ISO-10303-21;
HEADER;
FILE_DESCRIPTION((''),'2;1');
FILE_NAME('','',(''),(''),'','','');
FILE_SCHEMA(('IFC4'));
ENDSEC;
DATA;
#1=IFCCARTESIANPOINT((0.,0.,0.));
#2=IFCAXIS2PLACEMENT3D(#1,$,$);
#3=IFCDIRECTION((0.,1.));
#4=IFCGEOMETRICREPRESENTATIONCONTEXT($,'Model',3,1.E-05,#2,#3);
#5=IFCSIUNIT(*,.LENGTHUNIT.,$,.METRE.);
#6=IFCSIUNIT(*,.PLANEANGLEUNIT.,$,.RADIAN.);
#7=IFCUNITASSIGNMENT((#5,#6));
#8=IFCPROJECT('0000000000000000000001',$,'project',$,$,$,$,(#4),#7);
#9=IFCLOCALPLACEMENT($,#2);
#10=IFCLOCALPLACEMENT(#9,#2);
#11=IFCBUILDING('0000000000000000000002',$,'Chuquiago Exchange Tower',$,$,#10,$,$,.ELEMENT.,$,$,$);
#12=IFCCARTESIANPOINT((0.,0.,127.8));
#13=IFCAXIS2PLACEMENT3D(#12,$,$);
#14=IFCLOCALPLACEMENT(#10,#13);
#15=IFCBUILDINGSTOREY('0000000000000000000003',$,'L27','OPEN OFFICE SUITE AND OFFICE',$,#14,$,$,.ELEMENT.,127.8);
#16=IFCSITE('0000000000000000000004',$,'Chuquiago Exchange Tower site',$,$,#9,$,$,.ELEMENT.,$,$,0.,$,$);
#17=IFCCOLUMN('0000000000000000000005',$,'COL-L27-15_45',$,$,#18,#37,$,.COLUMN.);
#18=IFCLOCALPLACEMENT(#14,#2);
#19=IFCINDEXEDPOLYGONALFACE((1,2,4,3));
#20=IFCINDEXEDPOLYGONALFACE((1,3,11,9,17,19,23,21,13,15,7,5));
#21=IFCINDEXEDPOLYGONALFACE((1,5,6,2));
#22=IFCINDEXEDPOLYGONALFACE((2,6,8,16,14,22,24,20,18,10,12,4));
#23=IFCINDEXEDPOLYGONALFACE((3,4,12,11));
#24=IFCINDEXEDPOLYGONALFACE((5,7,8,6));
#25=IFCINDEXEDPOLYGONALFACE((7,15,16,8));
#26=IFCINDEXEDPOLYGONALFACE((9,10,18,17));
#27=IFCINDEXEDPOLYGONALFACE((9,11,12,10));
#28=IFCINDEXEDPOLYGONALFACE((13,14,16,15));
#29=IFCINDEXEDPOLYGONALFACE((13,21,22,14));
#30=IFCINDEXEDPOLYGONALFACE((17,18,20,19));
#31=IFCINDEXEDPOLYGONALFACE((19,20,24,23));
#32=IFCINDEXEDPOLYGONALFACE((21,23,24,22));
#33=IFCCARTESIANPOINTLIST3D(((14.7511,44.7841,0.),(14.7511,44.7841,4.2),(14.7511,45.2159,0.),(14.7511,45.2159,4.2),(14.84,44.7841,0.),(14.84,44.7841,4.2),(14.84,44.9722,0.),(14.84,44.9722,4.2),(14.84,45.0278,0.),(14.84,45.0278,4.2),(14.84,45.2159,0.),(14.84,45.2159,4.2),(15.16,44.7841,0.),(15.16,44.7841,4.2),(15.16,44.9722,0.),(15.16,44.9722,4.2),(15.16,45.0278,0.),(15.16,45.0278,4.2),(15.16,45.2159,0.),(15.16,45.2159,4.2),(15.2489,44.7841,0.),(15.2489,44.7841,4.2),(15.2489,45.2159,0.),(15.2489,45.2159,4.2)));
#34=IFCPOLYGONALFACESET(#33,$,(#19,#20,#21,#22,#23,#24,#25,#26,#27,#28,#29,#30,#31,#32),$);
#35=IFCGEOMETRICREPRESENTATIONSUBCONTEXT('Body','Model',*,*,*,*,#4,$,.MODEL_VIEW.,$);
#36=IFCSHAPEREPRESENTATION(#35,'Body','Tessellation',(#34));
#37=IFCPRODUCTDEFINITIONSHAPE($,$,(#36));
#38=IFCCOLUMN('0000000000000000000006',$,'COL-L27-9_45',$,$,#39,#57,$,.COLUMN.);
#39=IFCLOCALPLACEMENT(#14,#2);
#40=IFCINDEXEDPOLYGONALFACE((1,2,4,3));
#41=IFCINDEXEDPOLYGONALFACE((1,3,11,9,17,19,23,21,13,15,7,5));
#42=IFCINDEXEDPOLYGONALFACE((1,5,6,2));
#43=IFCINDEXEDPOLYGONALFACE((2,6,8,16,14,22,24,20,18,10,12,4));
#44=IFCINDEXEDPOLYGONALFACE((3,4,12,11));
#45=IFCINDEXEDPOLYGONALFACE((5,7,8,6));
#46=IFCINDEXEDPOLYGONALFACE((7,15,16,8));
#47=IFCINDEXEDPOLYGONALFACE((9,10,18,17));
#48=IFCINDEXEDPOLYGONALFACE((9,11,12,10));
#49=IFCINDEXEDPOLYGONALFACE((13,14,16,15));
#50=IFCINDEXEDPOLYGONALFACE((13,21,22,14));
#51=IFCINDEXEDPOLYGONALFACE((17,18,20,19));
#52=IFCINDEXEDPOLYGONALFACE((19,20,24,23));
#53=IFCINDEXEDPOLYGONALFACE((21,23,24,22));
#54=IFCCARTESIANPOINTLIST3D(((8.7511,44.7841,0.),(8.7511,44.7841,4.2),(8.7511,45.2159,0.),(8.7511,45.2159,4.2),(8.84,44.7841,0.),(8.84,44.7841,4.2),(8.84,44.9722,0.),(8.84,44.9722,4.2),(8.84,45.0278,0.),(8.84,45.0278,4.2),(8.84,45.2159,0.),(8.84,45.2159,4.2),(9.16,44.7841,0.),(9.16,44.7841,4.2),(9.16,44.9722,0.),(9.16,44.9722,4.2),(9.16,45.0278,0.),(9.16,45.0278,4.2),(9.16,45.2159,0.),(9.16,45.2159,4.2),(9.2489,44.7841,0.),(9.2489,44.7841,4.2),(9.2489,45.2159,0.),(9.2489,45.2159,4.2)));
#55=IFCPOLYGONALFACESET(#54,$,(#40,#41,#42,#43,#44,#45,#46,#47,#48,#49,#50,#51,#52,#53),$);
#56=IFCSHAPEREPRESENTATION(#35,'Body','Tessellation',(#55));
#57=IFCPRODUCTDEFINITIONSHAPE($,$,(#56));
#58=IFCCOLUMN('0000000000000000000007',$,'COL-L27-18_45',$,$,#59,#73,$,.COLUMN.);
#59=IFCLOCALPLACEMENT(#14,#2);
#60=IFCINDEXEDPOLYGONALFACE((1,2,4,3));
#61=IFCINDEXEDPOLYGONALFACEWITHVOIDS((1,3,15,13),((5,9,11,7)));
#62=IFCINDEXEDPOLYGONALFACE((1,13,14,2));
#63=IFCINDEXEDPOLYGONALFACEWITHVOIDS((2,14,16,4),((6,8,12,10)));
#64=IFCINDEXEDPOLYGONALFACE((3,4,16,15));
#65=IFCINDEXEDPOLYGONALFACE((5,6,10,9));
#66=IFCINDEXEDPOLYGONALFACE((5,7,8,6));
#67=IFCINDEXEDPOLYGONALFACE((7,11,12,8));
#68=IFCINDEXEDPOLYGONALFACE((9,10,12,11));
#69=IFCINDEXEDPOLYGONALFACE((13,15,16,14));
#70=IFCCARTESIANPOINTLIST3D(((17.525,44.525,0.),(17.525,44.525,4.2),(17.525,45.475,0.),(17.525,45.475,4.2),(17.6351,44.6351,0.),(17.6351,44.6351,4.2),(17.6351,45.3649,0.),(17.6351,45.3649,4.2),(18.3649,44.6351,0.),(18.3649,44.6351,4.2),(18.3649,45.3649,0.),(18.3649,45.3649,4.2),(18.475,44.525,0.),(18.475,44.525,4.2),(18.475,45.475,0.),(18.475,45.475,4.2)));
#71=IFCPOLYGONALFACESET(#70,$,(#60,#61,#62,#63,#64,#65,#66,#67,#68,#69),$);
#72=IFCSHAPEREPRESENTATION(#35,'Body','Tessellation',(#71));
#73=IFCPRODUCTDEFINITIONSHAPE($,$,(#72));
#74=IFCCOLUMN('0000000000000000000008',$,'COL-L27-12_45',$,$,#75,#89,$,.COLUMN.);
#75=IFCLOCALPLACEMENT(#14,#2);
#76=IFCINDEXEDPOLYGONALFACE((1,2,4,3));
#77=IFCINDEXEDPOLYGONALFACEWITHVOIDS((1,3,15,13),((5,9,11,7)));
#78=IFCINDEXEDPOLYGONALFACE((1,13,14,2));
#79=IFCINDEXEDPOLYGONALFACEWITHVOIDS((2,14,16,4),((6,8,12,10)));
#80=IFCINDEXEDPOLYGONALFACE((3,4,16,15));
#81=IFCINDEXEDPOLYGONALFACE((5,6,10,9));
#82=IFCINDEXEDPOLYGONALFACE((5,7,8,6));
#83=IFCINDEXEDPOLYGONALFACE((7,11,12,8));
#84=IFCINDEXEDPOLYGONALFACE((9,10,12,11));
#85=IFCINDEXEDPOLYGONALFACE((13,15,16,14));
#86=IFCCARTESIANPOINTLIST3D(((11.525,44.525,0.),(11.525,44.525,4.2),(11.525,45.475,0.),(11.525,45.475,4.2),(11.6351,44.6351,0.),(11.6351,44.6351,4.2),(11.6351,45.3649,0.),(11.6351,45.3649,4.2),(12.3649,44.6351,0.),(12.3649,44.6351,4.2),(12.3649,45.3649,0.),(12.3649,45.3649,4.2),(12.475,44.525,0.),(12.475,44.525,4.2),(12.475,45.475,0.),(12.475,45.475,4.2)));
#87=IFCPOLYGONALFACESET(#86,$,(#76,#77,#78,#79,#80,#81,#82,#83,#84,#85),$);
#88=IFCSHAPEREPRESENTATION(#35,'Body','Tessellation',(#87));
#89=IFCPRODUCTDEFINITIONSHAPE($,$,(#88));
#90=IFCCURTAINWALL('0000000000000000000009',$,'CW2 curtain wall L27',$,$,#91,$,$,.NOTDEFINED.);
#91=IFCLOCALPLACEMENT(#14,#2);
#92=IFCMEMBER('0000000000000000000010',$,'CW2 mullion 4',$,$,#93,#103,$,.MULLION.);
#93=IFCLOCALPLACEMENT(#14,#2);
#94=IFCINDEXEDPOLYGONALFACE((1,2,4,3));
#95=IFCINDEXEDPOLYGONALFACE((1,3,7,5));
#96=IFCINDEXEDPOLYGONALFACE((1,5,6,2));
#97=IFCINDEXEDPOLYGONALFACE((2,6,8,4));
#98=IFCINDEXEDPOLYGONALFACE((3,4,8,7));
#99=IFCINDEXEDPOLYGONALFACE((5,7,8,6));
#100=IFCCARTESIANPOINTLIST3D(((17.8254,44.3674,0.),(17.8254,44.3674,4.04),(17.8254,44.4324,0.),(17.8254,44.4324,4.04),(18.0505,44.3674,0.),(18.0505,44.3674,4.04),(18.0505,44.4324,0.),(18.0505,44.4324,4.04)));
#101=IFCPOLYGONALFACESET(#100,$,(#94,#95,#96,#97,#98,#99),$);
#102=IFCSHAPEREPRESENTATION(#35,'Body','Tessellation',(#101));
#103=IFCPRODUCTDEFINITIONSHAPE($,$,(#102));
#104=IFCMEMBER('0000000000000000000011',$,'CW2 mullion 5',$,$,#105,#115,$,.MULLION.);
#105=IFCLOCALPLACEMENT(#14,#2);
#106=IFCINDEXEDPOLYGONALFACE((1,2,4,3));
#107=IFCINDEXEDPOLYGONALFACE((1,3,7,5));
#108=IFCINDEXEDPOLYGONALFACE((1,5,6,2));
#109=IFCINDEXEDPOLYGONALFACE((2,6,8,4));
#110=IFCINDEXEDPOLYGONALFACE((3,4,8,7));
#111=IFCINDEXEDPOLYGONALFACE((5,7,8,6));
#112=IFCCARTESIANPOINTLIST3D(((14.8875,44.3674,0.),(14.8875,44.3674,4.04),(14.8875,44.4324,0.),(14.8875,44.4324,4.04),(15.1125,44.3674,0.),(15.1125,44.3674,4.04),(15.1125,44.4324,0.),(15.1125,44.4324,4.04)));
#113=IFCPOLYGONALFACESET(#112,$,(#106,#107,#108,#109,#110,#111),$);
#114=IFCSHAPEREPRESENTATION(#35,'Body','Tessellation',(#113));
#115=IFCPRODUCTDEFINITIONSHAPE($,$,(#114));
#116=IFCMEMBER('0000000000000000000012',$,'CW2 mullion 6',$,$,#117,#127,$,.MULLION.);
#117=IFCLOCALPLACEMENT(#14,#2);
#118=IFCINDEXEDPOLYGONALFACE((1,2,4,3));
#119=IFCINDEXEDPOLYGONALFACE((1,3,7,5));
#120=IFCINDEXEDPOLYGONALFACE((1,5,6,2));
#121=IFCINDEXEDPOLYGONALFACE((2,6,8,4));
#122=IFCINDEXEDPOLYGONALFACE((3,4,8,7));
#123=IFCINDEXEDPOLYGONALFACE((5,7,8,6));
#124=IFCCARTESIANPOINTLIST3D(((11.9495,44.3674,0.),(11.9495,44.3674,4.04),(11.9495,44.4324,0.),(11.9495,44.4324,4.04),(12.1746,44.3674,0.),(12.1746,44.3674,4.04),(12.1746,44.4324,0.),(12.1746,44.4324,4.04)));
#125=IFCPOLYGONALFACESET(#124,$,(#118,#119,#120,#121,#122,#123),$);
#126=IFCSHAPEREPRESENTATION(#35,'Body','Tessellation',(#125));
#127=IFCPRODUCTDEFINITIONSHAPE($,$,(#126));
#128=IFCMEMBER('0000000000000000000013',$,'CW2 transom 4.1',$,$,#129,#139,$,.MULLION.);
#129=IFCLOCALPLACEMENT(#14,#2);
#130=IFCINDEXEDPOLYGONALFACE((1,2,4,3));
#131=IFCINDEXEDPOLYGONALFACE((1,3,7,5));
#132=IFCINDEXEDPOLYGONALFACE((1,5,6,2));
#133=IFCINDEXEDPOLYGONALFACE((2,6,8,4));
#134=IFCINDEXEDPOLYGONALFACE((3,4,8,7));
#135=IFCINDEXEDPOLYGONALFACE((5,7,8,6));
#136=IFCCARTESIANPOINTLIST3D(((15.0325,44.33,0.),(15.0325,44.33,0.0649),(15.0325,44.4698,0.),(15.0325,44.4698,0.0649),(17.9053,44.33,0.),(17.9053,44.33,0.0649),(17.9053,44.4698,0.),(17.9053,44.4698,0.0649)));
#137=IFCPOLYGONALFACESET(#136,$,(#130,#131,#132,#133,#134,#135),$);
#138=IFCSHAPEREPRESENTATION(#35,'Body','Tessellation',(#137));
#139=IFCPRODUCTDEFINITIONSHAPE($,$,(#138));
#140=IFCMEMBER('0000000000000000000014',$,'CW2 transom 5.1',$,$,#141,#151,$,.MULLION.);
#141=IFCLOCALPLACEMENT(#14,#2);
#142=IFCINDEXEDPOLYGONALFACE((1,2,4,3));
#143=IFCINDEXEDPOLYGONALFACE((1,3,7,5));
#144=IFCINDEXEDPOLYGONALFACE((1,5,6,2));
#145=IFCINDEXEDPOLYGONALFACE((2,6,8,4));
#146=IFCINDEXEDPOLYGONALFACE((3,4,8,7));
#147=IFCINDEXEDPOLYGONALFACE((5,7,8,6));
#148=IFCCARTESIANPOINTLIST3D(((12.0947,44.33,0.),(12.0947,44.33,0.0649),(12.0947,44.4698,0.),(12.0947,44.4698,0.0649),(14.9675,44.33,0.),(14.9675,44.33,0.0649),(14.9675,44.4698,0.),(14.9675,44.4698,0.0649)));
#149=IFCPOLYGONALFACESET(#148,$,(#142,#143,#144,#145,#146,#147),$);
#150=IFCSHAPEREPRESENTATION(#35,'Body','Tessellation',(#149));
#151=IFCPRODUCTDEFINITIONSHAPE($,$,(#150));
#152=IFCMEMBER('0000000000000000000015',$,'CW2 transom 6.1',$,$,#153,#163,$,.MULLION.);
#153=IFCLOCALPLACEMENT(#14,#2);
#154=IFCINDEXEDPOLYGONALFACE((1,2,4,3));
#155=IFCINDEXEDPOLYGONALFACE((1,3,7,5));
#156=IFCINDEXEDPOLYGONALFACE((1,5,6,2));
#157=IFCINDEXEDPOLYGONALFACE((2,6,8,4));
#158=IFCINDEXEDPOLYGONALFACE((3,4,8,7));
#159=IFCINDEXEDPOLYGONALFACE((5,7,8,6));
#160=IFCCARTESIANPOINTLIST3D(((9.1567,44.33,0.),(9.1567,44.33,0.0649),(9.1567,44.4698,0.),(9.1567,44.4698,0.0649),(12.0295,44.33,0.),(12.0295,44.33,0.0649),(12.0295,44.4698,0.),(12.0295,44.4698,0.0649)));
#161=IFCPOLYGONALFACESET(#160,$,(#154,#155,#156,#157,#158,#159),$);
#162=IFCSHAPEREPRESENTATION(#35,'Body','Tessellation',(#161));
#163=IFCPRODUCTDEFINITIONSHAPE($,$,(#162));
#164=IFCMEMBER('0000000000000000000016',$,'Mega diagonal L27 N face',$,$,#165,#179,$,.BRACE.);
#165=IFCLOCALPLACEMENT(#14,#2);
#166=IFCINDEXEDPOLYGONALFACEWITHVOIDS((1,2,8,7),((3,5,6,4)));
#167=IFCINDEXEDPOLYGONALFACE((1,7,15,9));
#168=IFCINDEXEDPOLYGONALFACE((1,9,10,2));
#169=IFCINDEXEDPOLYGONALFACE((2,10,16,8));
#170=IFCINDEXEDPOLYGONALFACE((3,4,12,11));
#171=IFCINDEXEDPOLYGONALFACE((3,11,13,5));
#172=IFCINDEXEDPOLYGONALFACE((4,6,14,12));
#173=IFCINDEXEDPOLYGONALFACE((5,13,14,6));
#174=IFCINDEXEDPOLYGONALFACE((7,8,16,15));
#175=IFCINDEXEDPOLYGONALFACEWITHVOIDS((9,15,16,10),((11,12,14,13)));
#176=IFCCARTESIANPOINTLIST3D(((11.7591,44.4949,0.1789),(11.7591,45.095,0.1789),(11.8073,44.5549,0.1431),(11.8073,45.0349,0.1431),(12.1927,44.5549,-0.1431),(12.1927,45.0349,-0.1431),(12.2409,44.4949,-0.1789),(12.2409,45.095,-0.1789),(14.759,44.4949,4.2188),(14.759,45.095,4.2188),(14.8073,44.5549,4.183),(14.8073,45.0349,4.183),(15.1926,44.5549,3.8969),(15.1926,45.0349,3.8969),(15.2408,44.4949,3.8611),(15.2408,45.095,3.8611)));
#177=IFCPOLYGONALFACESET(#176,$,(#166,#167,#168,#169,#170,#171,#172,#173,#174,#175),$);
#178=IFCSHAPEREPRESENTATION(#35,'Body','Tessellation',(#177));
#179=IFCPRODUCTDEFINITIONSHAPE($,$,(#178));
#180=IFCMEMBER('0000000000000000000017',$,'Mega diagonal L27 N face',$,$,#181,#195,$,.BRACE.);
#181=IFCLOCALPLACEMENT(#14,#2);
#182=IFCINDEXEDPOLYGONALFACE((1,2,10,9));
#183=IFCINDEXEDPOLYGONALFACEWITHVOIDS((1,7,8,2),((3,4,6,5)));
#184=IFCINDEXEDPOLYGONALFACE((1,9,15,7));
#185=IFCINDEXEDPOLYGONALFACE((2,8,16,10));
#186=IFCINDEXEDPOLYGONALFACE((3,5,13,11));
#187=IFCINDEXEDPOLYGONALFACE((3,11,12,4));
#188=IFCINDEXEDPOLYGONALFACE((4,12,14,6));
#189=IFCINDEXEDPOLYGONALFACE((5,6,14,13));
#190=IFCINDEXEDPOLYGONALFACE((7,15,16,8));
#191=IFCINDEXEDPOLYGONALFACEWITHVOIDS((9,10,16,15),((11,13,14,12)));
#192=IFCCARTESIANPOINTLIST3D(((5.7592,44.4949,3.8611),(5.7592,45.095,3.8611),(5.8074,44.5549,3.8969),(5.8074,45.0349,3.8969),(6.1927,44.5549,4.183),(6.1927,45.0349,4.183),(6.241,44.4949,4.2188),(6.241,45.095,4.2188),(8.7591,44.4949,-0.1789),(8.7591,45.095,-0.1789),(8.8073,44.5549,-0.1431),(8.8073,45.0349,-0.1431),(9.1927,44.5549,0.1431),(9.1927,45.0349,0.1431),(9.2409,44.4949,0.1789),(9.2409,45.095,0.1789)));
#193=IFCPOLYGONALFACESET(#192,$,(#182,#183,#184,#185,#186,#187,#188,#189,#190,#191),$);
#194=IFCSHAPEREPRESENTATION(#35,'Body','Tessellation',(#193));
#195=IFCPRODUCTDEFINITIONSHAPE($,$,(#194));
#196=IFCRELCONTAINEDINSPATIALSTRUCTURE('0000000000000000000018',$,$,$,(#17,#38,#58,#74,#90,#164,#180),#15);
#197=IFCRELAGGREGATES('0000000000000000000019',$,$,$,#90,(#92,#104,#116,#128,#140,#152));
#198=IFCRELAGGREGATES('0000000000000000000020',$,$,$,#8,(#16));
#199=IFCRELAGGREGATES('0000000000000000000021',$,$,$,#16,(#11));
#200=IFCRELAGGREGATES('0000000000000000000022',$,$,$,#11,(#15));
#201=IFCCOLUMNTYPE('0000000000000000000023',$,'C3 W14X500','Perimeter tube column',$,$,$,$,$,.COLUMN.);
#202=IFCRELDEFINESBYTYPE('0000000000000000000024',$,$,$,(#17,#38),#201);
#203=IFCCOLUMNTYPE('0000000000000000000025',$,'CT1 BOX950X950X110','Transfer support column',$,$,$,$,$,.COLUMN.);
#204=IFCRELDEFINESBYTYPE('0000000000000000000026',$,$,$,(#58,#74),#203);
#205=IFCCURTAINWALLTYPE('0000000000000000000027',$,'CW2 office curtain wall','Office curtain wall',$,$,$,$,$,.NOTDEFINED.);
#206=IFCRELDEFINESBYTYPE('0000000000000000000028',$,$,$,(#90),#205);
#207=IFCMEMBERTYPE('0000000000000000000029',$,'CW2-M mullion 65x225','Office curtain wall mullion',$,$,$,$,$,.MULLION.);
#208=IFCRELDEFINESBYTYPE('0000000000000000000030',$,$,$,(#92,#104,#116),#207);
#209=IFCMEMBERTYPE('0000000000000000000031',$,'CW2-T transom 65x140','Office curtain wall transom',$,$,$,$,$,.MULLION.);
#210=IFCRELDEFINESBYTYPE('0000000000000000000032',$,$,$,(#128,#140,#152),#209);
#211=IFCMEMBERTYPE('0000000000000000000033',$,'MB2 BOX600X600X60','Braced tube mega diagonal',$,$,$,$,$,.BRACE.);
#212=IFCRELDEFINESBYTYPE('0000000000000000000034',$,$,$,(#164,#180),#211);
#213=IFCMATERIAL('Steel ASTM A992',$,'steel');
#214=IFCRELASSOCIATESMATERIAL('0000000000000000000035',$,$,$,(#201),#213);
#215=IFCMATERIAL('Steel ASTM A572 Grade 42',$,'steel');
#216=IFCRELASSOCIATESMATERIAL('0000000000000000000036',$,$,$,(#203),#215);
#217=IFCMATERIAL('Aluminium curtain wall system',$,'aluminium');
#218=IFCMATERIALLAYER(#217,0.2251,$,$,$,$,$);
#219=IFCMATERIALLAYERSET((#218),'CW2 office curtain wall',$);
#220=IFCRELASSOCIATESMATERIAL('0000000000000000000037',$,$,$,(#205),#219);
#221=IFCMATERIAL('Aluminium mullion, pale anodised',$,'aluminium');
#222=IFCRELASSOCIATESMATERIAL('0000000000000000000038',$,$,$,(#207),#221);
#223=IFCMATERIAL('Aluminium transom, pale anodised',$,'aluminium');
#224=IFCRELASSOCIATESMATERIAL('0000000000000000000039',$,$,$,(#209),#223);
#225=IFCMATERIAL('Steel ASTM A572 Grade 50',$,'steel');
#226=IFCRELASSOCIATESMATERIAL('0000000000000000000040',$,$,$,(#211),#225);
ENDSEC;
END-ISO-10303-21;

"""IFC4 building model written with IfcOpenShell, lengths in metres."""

from ifc_helpers import new_model, si_unit, direction, frame, origin, origin_2d, place, context, subcontext, project, spatial, rectangle, hollow_rectangle, i_section, extrude, material, layer, layer_set, material_profile, profile_set, type_object, element, aggregate, save


model = new_model("IFC4")

# Units and contexts
model_context = context("Model", 3, precision=1e-05, world=origin(), true_north=direction((0.0, 1.0)))
body_context = subcontext(model_context, "Body", "Model", "MODEL_VIEW")
ifc_project = project(units=[si_unit("LENGTHUNIT", "METRE"), si_unit("PLANEANGLEUNIT", "RADIAN")], contexts=[model_context])

# Site, building, storey
site_placement = place(None, origin())
site = spatial("IfcSite", under=ifc_project, at=site_placement, Name="Chuquiago Exchange Tower site", CompositionType="ELEMENT", RefElevation=0.0)
building_placement = place(site_placement, origin())
building = spatial("IfcBuilding", under=site, at=building_placement, Name="Chuquiago Exchange Tower", CompositionType="ELEMENT")
storey_placement = place(building_placement, frame((0.0, 0.0, 127.8)))
storey = spatial("IfcBuildingStorey", under=building, at=storey_placement, Name="L27", Description="OPEN OFFICE SUITE AND OFFICE", CompositionType="ELEMENT", Elevation=127.8)

# Columns
ifc_material_1 = material(Name="Steel ASTM A992", Category="steel")
ifc_material_profile_1 = material_profile(ifc_material_1, i_section(OverallWidth=0.4319, OverallDepth=0.4978, WebThickness=0.0557, FlangeThickness=0.0889, at=origin_2d()), Name="W14X500")
ifc_profile_set_1 = profile_set([ifc_material_profile_1], Name="Steel ASTM A992")
column_type_1 = type_object("IfcColumnType", Name="C3 W14X500", Description="Perimeter tube column", PredefinedType="COLUMN", material=ifc_profile_set_1)
for number, where, z_axis, x_axis, name in (
    (1, (15.0, 45.0, 0.0), (0.0, 0.0, 1.0), (0.0, 1.0, 0.0), "COL-L27-15_45"),
    (2, (9.0, 45.0, 0.0), (0.0, 0.0, 1.0), (0.0, 1.0, 0.0), "COL-L27-9_45"),
):
    element("IfcColumn", number, at=place(storey_placement, frame(where, z_axis=z_axis, x_axis=x_axis)), inside=storey, type_object=column_type_1, Name=name, PredefinedType="COLUMN", context=body_context, shape_type="SweptSolid", body=[
        extrude(i_section(OverallWidth=0.4319, OverallDepth=0.4978, WebThickness=0.0557, FlangeThickness=0.0889, at=origin_2d()), origin(), (0.0, 0.0, 1.0), 4.2),
    ])
ifc_material_2 = material(Name="Steel ASTM A572 Grade 42", Category="steel")
ifc_material_profile_2 = material_profile(ifc_material_2, hollow_rectangle(XDim=0.95, YDim=0.95, WallThickness=0.1101, at=origin_2d()), Name="BOX950X950X110")
ifc_profile_set_2 = profile_set([ifc_material_profile_2], Name="Steel ASTM A572 Grade 42")
column_type_2 = type_object("IfcColumnType", Name="CT1 BOX950X950X110", Description="Transfer support column", PredefinedType="COLUMN", material=ifc_profile_set_2)
for number, where, z_axis, x_axis, name in (
    (3, (18.0, 45.0, 0.0), (0.0, 0.0, 1.0), (0.0, 1.0, 0.0), "COL-L27-18_45"),
    (4, (12.0, 45.0, 0.0), (0.0, 0.0, 1.0), (0.0, 1.0, 0.0), "COL-L27-12_45"),
):
    element("IfcColumn", number, at=place(storey_placement, frame(where, z_axis=z_axis, x_axis=x_axis)), inside=storey, type_object=column_type_2, Name=name, PredefinedType="COLUMN", context=body_context, shape_type="SweptSolid", body=[
        extrude(hollow_rectangle(XDim=0.95, YDim=0.95, WallThickness=0.1101, at=origin_2d()), origin(), (0.0, 0.0, 1.0), 4.2),
    ])

# Curtain wall, members
ifc_material_3 = material(Name="Aluminium curtain wall system", Category="aluminium")
ifc_layer_1 = layer(ifc_material_3, 0.2251)
ifc_layer_set_1 = layer_set([ifc_layer_1], Name="CW2 office curtain wall")
curtain_wall_type = type_object("IfcCurtainWallType", Name="CW2 office curtain wall", Description="Office curtain wall", PredefinedType="NOTDEFINED", material=ifc_layer_set_1)
curtain_wall_placement = place(storey_placement, origin())
curtain_wall = element("IfcCurtainWall", 5, at=curtain_wall_placement, inside=storey, type_object=curtain_wall_type, Name="CW2 curtain wall L27", PredefinedType="NOTDEFINED")
ifc_material_4 = material(Name="Aluminium mullion, pale anodised", Category="aluminium")
ifc_material_profile_3 = material_profile(ifc_material_4, rectangle(XDim=0.0649, YDim=0.2251, at=origin_2d()), Name="AL 65x225")
ifc_profile_set_3 = profile_set([ifc_material_profile_3], Name="Aluminium mullion, pale anodised")
member_type_1 = type_object("IfcMemberType", Name="CW2-M mullion 65x225", Description="Office curtain wall mullion", PredefinedType="MULLION", material=ifc_profile_set_3)
member_1_placement = place(storey_placement, frame((17.938, 44.3999, 0.0), z_axis=(0.0, 0.0, 1.0), x_axis=(0.0, -1.0, 0.0)))
member_1 = element("IfcMember", 6, at=member_1_placement, type_object=member_type_1, Name="CW2 mullion 4", PredefinedType="MULLION", context=body_context, shape_type="SweptSolid", body=[
    extrude(rectangle(XDim=0.0649, YDim=0.2251, at=origin_2d()), origin(), (0.0, 0.0, 1.0), 4.04),
])
member_2_placement = place(storey_placement, frame((15.0, 44.3999, 0.0), z_axis=(0.0, 0.0, 1.0), x_axis=(0.0, -1.0, 0.0)))
member_2 = element("IfcMember", 7, at=member_2_placement, type_object=member_type_1, Name="CW2 mullion 5", PredefinedType="MULLION", context=body_context, shape_type="SweptSolid", body=[
    extrude(rectangle(XDim=0.0649, YDim=0.2251, at=origin_2d()), origin(), (0.0, 0.0, 1.0), 4.04),
])
member_3_placement = place(storey_placement, frame((12.062, 44.3999, 0.0), z_axis=(0.0, 0.0, 1.0), x_axis=(0.0, -1.0, 0.0)))
member_3 = element("IfcMember", 8, at=member_3_placement, type_object=member_type_1, Name="CW2 mullion 6", PredefinedType="MULLION", context=body_context, shape_type="SweptSolid", body=[
    extrude(rectangle(XDim=0.0649, YDim=0.2251, at=origin_2d()), origin(), (0.0, 0.0, 1.0), 4.04),
])
ifc_material_5 = material(Name="Aluminium transom, pale anodised", Category="aluminium")
ifc_material_profile_4 = material_profile(ifc_material_5, rectangle(XDim=0.1399, YDim=0.0649, at=origin_2d()), Name="AL 140x65")
ifc_profile_set_4 = profile_set([ifc_material_profile_4], Name="Aluminium transom, pale anodised")
member_type_2 = type_object("IfcMemberType", Name="CW2-T transom 65x140", Description="Office curtain wall transom", PredefinedType="MULLION", material=ifc_profile_set_4)
member_4_placement = place(storey_placement, frame((17.9053, 44.3999, 0.0325), z_axis=(-1.0, 0.0, 0.0), x_axis=(0.0, -1.0, 0.0)))
member_4 = element("IfcMember", 9, at=member_4_placement, type_object=member_type_2, Name="CW2 transom 4.1", PredefinedType="MULLION", context=body_context, shape_type="SweptSolid", body=[
    extrude(rectangle(XDim=0.1399, YDim=0.0649, at=origin_2d()), origin(), (0.0, 0.0, 1.0), 2.8728),
])
member_5_placement = place(storey_placement, frame((14.9675, 44.3999, 0.0325), z_axis=(-1.0, 0.0, 0.0), x_axis=(0.0, -1.0, 0.0)))
member_5 = element("IfcMember", 10, at=member_5_placement, type_object=member_type_2, Name="CW2 transom 5.1", PredefinedType="MULLION", context=body_context, shape_type="SweptSolid", body=[
    extrude(rectangle(XDim=0.1399, YDim=0.0649, at=origin_2d()), origin(), (0.0, 0.0, 1.0), 2.8728),
])
member_6_placement = place(storey_placement, frame((12.0295, 44.3999, 0.0325), z_axis=(-1.0, 0.0, 0.0), x_axis=(0.0, -1.0, 0.0)))
member_6 = element("IfcMember", 11, at=member_6_placement, type_object=member_type_2, Name="CW2 transom 6.1", PredefinedType="MULLION", context=body_context, shape_type="SweptSolid", body=[
    extrude(rectangle(XDim=0.1399, YDim=0.0649, at=origin_2d()), origin(), (0.0, 0.0, 1.0), 2.8728),
])

# Members
ifc_material_6 = material(Name="Steel ASTM A572 Grade 50", Category="steel")
ifc_material_profile_5 = material_profile(ifc_material_6, hollow_rectangle(XDim=0.6001, YDim=0.6001, WallThickness=0.0601, at=origin_2d()), Name="BOX600X600X60")
ifc_profile_set_5 = profile_set([ifc_material_profile_5], Name="Steel ASTM A572 Grade 50")
member_type_3 = type_object("IfcMemberType", Name="MB2 BOX600X600X60", Description="Braced tube mega diagonal", PredefinedType="BRACE", material=ifc_profile_set_5)
for number, where, z_axis, x_axis, name in (
    (12, (12.0, 44.7949, 0.0), (0.596174, 0.0, 0.802855), (0.0, 1.0, 0.0), "Mega diagonal L27 N face"),
    (13, (9.0, 44.7949, 0.0), (-0.596174, 0.0, 0.802855), (0.0, -1.0, 0.0), "Mega diagonal L27 N face"),
):
    element("IfcMember", number, at=place(storey_placement, frame(where, z_axis=z_axis, x_axis=x_axis)), inside=storey, type_object=member_type_3, Name=name, PredefinedType="BRACE", context=body_context, shape_type="SweptSolid", body=[
        extrude(hollow_rectangle(XDim=0.6001, YDim=0.6001, WallThickness=0.0601, at=origin_2d()), origin(), (0.0, 0.0, 1.0), 5.032),
    ])

aggregate(curtain_wall, [member_1, member_2, member_3, member_4, member_5, member_6])

save(model, "model.ifc")
